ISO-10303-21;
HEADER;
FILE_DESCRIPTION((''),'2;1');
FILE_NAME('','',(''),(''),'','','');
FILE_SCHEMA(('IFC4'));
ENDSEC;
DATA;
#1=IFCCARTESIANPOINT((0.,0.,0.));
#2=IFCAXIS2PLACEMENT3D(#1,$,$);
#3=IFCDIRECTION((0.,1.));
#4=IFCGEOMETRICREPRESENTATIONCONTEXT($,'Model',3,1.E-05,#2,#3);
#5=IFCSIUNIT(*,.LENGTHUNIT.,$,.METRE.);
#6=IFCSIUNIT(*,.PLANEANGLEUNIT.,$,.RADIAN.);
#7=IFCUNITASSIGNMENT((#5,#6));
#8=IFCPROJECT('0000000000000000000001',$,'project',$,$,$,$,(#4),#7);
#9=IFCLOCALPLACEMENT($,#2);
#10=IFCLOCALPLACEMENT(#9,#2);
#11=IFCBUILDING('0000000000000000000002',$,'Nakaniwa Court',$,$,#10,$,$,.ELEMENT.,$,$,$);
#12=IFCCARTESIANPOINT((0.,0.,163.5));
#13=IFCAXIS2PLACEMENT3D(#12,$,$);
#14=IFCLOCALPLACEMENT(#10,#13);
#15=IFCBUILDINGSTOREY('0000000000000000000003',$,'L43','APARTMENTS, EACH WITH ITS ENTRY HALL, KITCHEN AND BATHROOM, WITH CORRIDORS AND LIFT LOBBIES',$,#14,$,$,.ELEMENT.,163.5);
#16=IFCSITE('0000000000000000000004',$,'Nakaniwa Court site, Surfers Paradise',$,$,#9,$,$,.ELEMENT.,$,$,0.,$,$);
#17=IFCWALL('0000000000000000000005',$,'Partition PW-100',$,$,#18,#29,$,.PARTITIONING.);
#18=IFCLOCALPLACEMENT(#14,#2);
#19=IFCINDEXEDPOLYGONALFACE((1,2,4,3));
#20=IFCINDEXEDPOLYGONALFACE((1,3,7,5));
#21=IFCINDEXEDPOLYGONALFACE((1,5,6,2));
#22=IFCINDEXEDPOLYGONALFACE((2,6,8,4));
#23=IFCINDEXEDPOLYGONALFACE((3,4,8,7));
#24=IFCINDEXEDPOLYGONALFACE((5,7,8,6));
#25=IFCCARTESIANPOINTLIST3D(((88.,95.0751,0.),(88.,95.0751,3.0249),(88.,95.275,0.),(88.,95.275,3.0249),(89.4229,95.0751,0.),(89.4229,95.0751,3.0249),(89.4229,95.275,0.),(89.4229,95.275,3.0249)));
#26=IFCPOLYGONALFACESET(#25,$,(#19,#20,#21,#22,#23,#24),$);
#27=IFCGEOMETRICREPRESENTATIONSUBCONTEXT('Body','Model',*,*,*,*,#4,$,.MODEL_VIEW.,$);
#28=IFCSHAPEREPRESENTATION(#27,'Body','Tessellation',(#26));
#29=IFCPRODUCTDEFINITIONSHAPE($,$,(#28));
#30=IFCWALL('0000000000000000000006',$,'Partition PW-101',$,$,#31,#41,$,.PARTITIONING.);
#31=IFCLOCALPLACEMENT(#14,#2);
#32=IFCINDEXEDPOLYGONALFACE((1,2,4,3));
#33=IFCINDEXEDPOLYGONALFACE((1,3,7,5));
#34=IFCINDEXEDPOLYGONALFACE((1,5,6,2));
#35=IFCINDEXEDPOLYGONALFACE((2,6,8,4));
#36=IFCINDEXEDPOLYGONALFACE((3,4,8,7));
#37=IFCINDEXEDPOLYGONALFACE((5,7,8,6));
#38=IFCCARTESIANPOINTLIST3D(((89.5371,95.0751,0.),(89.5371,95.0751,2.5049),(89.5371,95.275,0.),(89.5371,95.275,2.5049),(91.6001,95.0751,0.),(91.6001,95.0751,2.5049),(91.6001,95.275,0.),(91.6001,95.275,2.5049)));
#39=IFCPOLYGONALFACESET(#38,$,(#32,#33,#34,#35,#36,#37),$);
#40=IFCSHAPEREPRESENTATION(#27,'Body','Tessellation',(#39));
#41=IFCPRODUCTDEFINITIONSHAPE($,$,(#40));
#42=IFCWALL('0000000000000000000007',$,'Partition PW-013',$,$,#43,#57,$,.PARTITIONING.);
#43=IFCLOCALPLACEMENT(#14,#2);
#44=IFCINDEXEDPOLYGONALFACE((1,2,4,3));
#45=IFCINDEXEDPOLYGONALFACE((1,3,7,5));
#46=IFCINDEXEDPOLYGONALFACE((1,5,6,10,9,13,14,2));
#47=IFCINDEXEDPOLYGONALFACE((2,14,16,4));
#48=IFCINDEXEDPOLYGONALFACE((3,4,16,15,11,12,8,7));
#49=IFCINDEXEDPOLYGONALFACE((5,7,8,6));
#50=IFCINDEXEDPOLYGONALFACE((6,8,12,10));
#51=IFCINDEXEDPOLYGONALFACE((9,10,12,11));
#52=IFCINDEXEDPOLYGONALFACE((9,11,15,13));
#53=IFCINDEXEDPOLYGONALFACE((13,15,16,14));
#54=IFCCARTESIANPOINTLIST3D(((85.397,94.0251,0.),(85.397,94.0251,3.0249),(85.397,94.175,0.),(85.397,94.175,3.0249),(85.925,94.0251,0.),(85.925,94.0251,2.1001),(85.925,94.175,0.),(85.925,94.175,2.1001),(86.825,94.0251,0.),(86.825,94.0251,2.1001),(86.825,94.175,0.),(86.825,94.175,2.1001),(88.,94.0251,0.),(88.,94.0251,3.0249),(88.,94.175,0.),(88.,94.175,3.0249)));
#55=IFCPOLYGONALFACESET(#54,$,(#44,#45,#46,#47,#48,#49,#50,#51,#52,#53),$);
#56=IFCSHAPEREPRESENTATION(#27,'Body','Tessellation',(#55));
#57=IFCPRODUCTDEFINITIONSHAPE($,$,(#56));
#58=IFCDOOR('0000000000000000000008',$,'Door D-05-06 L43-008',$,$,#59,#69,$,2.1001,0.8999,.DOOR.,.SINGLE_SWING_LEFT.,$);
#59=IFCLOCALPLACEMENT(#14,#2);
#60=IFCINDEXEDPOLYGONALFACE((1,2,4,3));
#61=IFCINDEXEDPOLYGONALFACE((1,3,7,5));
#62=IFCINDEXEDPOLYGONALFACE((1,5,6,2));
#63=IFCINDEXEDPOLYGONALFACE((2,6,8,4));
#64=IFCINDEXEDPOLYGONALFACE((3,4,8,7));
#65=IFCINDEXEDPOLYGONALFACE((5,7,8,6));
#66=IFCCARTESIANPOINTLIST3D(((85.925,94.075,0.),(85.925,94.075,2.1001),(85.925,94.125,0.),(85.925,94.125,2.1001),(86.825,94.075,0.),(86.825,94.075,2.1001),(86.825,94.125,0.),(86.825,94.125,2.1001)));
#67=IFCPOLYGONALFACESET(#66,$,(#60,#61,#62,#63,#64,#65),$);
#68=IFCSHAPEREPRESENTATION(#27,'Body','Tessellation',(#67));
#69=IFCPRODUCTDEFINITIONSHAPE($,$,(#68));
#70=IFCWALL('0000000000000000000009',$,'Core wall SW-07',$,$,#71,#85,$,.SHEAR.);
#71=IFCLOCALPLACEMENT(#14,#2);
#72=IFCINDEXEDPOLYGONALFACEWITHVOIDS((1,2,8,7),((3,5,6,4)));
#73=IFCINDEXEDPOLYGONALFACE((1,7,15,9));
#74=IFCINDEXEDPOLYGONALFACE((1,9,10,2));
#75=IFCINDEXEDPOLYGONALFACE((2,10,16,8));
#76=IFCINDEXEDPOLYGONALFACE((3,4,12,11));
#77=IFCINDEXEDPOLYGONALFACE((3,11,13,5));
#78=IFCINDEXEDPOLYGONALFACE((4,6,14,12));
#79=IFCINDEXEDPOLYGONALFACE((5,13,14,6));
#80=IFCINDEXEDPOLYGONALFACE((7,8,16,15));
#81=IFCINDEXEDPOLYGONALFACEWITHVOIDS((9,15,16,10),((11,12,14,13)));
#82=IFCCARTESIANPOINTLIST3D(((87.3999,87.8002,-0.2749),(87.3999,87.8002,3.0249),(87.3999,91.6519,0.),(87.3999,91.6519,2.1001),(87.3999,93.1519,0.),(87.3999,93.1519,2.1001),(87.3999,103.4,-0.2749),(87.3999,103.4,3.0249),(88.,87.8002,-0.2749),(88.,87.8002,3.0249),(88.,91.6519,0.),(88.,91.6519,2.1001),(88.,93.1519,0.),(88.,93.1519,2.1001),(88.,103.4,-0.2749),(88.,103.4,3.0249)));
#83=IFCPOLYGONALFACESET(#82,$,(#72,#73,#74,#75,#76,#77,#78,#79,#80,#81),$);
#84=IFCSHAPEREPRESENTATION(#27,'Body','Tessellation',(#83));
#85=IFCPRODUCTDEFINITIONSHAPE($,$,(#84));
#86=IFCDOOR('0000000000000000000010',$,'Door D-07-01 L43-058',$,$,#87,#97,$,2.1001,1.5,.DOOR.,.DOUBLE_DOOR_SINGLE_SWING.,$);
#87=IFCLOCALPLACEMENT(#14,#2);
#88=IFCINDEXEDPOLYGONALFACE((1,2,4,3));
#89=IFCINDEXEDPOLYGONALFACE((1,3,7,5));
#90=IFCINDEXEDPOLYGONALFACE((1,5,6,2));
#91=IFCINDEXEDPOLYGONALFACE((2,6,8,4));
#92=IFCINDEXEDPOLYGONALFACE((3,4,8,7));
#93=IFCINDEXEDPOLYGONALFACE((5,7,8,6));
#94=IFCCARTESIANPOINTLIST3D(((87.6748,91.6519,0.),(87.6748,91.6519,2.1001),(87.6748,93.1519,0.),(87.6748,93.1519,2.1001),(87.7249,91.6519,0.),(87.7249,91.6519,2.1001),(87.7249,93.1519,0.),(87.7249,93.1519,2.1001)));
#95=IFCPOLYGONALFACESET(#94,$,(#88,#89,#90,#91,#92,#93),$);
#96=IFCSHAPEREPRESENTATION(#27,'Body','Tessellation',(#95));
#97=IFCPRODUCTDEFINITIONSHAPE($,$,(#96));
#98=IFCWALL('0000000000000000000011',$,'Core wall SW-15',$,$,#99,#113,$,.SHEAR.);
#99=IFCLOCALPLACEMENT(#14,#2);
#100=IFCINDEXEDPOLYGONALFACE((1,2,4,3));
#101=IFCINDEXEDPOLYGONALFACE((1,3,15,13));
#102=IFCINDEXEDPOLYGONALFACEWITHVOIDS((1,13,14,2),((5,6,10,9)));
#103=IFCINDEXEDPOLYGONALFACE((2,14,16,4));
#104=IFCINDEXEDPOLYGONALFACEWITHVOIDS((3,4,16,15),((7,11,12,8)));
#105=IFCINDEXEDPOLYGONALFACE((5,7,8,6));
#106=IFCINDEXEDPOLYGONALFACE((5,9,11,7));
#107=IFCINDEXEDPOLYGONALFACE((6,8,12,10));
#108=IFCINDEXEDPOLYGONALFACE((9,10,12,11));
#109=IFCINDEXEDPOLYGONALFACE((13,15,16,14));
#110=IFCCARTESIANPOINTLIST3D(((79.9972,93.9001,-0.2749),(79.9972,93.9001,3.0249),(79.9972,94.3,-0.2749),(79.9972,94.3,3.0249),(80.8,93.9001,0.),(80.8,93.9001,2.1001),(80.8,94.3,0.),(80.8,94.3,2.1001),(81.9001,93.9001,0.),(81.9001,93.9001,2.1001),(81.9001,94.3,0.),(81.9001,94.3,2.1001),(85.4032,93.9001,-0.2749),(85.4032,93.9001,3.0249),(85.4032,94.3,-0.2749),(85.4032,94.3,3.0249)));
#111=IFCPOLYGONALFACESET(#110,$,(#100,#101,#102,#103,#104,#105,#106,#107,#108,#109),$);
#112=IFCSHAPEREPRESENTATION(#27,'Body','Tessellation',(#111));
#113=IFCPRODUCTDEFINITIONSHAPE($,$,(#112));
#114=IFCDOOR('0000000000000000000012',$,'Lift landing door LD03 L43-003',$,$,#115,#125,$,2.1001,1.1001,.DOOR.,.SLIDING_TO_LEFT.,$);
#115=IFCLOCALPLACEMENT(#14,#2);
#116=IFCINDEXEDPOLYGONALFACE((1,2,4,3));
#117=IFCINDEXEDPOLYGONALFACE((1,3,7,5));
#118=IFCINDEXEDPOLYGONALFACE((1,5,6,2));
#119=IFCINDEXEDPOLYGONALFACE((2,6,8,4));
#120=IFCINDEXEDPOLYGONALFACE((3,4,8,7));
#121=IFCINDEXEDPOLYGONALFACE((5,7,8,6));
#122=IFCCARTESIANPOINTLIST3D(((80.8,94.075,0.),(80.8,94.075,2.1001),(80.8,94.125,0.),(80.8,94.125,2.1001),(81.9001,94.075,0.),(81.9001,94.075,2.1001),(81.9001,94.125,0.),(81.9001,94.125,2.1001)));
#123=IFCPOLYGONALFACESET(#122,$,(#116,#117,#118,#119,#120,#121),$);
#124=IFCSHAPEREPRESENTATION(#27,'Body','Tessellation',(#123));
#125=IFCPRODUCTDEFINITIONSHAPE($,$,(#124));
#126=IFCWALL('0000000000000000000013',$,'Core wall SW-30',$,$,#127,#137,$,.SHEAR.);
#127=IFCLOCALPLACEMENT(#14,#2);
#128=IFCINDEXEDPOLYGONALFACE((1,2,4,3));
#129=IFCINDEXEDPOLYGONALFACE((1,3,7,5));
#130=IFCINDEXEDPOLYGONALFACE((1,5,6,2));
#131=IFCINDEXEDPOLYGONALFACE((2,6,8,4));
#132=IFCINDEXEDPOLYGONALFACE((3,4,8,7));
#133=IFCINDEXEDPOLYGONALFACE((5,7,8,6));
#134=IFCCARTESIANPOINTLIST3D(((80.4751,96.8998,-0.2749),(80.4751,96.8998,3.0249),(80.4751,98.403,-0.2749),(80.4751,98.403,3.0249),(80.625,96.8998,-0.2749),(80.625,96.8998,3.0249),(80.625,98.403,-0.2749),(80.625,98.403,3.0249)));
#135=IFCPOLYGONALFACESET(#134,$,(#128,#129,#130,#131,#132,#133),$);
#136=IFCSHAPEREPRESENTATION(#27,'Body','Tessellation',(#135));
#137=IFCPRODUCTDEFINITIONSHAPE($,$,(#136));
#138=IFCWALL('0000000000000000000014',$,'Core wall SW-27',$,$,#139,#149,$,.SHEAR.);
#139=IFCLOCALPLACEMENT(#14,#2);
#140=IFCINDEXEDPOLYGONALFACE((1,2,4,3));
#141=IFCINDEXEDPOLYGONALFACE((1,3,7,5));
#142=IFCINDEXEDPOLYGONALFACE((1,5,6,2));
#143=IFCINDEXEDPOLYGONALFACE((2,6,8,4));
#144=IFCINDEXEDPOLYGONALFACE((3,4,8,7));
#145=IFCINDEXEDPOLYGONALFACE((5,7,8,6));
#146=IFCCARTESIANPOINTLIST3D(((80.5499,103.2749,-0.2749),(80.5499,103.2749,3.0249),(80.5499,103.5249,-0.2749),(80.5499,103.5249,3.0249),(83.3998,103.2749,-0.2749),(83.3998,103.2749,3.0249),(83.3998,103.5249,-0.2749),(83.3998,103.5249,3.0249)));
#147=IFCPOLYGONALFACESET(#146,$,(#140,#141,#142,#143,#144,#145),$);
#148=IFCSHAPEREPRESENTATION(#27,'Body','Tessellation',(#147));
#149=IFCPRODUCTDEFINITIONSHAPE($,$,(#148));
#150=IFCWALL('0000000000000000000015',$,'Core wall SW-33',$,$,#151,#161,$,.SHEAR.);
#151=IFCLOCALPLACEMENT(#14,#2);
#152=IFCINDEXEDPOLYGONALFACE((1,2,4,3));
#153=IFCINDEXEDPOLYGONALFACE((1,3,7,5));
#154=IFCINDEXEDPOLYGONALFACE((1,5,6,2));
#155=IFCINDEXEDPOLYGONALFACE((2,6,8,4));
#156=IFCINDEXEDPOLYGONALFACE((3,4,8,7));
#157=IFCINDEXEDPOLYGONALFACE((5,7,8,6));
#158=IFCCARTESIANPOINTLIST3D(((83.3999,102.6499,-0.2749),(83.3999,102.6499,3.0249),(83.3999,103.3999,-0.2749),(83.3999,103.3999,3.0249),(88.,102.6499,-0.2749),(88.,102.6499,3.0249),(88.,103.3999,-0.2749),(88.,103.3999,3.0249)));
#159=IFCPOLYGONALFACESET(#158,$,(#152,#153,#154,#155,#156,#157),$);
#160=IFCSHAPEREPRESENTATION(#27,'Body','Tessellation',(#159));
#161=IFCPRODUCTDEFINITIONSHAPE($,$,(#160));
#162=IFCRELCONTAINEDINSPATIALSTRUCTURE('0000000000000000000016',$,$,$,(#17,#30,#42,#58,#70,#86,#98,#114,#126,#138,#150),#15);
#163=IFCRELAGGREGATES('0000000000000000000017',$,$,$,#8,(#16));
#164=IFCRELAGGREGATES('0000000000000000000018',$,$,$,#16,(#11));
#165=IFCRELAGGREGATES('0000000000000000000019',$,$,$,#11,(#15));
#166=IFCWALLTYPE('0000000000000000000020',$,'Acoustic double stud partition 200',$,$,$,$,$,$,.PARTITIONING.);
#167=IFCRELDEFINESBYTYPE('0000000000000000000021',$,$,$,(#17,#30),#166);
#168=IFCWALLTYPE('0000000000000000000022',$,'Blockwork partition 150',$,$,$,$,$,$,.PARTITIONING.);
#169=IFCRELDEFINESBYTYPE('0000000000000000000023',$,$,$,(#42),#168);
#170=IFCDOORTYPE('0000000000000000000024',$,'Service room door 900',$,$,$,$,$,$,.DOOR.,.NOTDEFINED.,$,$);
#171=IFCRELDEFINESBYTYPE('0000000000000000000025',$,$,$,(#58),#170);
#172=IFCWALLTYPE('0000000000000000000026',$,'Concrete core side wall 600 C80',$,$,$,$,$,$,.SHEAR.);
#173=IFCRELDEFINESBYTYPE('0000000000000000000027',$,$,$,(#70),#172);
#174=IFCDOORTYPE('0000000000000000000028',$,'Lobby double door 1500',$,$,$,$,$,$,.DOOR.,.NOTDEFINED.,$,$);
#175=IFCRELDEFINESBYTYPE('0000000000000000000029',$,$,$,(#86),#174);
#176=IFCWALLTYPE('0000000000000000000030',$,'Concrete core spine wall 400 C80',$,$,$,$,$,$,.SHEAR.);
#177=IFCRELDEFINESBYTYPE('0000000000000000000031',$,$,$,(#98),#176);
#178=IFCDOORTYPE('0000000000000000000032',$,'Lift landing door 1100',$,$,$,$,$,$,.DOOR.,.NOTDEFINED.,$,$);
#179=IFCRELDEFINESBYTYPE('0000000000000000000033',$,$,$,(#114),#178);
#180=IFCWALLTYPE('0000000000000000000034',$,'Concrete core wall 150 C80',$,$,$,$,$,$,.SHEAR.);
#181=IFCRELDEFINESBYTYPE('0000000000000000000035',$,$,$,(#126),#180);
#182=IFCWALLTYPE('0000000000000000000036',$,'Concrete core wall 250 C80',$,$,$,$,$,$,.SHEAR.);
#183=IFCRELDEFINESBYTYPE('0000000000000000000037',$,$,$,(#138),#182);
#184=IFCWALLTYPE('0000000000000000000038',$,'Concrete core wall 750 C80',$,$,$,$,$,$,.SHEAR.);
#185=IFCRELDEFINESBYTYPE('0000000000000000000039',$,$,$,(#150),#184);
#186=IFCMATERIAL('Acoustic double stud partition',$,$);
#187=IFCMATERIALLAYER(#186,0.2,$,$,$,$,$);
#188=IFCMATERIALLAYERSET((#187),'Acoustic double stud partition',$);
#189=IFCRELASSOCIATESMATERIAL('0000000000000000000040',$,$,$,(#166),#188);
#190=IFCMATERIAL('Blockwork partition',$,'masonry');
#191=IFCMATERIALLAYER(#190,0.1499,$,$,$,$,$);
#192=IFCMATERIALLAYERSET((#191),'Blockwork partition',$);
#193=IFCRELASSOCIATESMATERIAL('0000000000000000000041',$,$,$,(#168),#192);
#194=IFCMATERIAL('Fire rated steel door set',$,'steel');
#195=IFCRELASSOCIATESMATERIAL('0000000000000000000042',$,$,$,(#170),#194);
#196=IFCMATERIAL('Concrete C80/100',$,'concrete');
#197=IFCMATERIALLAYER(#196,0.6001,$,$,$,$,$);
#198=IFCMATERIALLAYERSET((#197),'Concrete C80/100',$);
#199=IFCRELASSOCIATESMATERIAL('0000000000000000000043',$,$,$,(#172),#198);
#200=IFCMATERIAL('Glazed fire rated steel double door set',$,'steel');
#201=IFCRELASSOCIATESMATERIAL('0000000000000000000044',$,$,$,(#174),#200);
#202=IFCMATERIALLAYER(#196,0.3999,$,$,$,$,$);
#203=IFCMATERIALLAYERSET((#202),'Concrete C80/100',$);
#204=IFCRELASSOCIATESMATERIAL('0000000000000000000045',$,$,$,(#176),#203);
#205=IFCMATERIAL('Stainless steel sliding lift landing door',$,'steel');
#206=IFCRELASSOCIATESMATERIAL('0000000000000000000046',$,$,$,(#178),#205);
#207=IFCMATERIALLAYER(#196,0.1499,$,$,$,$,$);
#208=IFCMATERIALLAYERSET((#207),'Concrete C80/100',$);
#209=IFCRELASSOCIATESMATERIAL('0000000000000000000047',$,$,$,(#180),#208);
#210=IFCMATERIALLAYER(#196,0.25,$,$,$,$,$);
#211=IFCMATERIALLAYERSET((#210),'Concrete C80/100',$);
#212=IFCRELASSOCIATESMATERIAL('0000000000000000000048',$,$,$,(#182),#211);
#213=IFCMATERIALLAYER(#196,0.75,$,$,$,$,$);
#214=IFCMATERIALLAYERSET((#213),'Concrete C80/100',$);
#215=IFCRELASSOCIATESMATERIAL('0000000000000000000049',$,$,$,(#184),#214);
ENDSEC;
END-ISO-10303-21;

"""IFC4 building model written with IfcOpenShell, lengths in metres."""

from ifc_helpers import new_model, si_unit, direction, frame, frame_2d, origin, place, context, subcontext, project, spatial, rectangle, extrude, material, layer, layer_set, type_object, element, fill, save


model = new_model("IFC4")

# Units and contexts
model_context = context("Model", 3, precision=1e-05, world=origin(), true_north=direction((0.0, 1.0)))
body_context = subcontext(model_context, "Body", "Model", "MODEL_VIEW")
ifc_project = project(units=[si_unit("LENGTHUNIT", "METRE"), si_unit("PLANEANGLEUNIT", "RADIAN")], contexts=[model_context])

# Site, building, storey
site_placement = place(None, origin())
site = spatial("IfcSite", under=ifc_project, at=site_placement, Name="Nakaniwa Court site, Surfers Paradise", CompositionType="ELEMENT", RefElevation=0.0)
building_placement = place(site_placement, origin())
building = spatial("IfcBuilding", under=site, at=building_placement, Name="Nakaniwa Court", CompositionType="ELEMENT")
storey_placement = place(building_placement, frame((0.0, 0.0, 163.5)))
storey = spatial("IfcBuildingStorey", under=building, at=storey_placement, Name="L43", Description="APARTMENTS, EACH WITH ITS ENTRY HALL, KITCHEN AND BATHROOM, WITH CORRIDORS AND LIFT LOBBIES", CompositionType="ELEMENT", Elevation=163.5)

# Walls
ifc_material_1 = material(Name="Acoustic double stud partition")
ifc_layer_1 = layer(ifc_material_1, 0.2)
ifc_layer_set_1 = layer_set([ifc_layer_1], Name="Acoustic double stud partition")
wall_type_1 = type_object("IfcWallType", Name="Acoustic double stud partition 200", PredefinedType="PARTITIONING", material=ifc_layer_set_1)
wall_1_placement = place(storey_placement, frame((88.0, 95.175, 0.0), z_axis=(0.0, 0.0, 1.0), x_axis=(1.0, 0.0, 0.0)))
element("IfcWall", 1, at=wall_1_placement, inside=storey, type_object=wall_type_1, Name="Partition PW-100", PredefinedType="PARTITIONING", context=body_context, shape_type="SweptSolid", body=[
    extrude(rectangle(XDim=1.4229, YDim=0.2, at=frame_2d((0.7114, 0.0))), origin(), (0.0, 0.0, 1.0), 3.0249),
])
wall_2_placement = place(storey_placement, frame((89.5371, 95.175, 0.0), z_axis=(0.0, 0.0, 1.0), x_axis=(1.0, 0.0, 0.0)))
element("IfcWall", 2, at=wall_2_placement, inside=storey, type_object=wall_type_1, Name="Partition PW-101", PredefinedType="PARTITIONING", context=body_context, shape_type="SweptSolid", body=[
    extrude(rectangle(XDim=2.063, YDim=0.2, at=frame_2d((1.0315, 0.0))), origin(), (0.0, 0.0, 1.0), 2.5049),
])

# Walls, openings, doors
ifc_material_2 = material(Name="Blockwork partition", Category="masonry")
ifc_layer_2 = layer(ifc_material_2, 0.1499)
ifc_layer_set_2 = layer_set([ifc_layer_2], Name="Blockwork partition")
wall_type_2 = type_object("IfcWallType", Name="Blockwork partition 150", PredefinedType="PARTITIONING", material=ifc_layer_set_2)
wall_3_placement = place(storey_placement, frame((85.397, 94.1001, 0.0), z_axis=(0.0, 0.0, 1.0), x_axis=(1.0, 0.0, 0.0)))
wall_3 = element("IfcWall", 3, at=wall_3_placement, inside=storey, type_object=wall_type_2, Name="Partition PW-013", PredefinedType="PARTITIONING", context=body_context, shape_type="SweptSolid", body=[
    extrude(rectangle(XDim=2.603, YDim=0.1499, at=frame_2d((1.3015, 0.0))), origin(), (0.0, 0.0, 1.0), 3.0249),
])
opening_1_placement = place(wall_3_placement, frame((0.5281, 0.0, 0.0)))
opening_1 = element("IfcOpeningElement", 4, at=opening_1_placement, cuts=wall_3, PredefinedType="OPENING", context=body_context, shape_type="SweptSolid", body=[
    extrude(rectangle(XDim=0.8999, YDim=2.1001, at=frame_2d((0.45, 1.05))), frame((0.0, 0.085, 0.0), z_axis=(0.0, -1.0, 0.0), x_axis=(1.0, 0.0, 0.0)), (0.0, 0.0, 1.0), 0.1699),
])
ifc_material_3 = material(Name="Fire rated steel door set", Category="steel")
door_type_1 = type_object("IfcDoorType", Name="Service room door 900", OperationType="NOTDEFINED", PredefinedType="DOOR", material=ifc_material_3)
door_1_placement = place(opening_1_placement, origin())
door_1 = element("IfcDoor", 5, at=door_1_placement, inside=storey, type_object=door_type_1, Name="Door D-05-06 L43-008", OperationType="SINGLE_SWING_LEFT", OverallHeight=2.1001, OverallWidth=0.8999, PredefinedType="DOOR", context=body_context, shape_type="SweptSolid", body=[
    extrude(rectangle(XDim=0.8999, YDim=2.1001, at=frame_2d((0.45, 1.05))), frame((0.0, 0.0249, 0.0), z_axis=(0.0, -1.0, 0.0), x_axis=(1.0, 0.0, 0.0)), (0.0, 0.0, 1.0), 0.05),
])
fill(opening_1, door_1)
ifc_material_4 = material(Name="Concrete C80/100", Category="concrete")
ifc_layer_3 = layer(ifc_material_4, 0.6001)
ifc_layer_set_3 = layer_set([ifc_layer_3], Name="Concrete C80/100")
wall_type_3 = type_object("IfcWallType", Name="Concrete core side wall 600 C80", PredefinedType="SHEAR", material=ifc_layer_set_3)
wall_4_placement = place(storey_placement, frame((87.7, 103.3999, -0.2749), z_axis=(0.0, 0.0, 1.0), x_axis=(0.0, -1.0, 0.0)))
wall_4 = element("IfcWall", 6, at=wall_4_placement, inside=storey, type_object=wall_type_3, Name="Core wall SW-07", PredefinedType="SHEAR", context=body_context, shape_type="SweptSolid", body=[
    extrude(rectangle(XDim=15.5999, YDim=0.6001, at=frame_2d((7.7998, 0.0))), origin(), (0.0, 0.0, 1.0), 3.2998),
])
opening_2_placement = place(wall_4_placement, frame((10.248, 0.0, 0.2749)))
opening_2 = element("IfcOpeningElement", 7, at=opening_2_placement, cuts=wall_4, PredefinedType="OPENING", context=body_context, shape_type="SweptSolid", body=[
    extrude(rectangle(XDim=1.5, YDim=2.1001, at=frame_2d((0.75, 1.05))), frame((0.0, 0.3101, 0.0), z_axis=(0.0, -1.0, 0.0), x_axis=(1.0, 0.0, 0.0)), (0.0, 0.0, 1.0), 0.6201),
])
ifc_material_5 = material(Name="Glazed fire rated steel double door set", Category="steel")
door_type_2 = type_object("IfcDoorType", Name="Lobby double door 1500", OperationType="NOTDEFINED", PredefinedType="DOOR", material=ifc_material_5)
door_2_placement = place(opening_2_placement, origin())
door_2 = element("IfcDoor", 8, at=door_2_placement, inside=storey, type_object=door_type_2, Name="Door D-07-01 L43-058", OperationType="DOUBLE_DOOR_SINGLE_SWING", OverallHeight=2.1001, OverallWidth=1.5, PredefinedType="DOOR", context=body_context, shape_type="SweptSolid", body=[
    extrude(rectangle(XDim=1.5, YDim=2.1001, at=frame_2d((0.75, 1.05))), frame((0.0, 0.0249, 0.0), z_axis=(0.0, -1.0, 0.0), x_axis=(1.0, 0.0, 0.0)), (0.0, 0.0, 1.0), 0.05),
])
fill(opening_2, door_2)
ifc_layer_4 = layer(ifc_material_4, 0.3999)
ifc_layer_set_4 = layer_set([ifc_layer_4], Name="Concrete C80/100")
wall_type_4 = type_object("IfcWallType", Name="Concrete core spine wall 400 C80", PredefinedType="SHEAR", material=ifc_layer_set_4)
wall_5_placement = place(storey_placement, frame((79.9971, 94.1001, -0.2749), z_axis=(0.0, 0.0, 1.0), x_axis=(1.0, 0.0, 0.0)))
wall_5 = element("IfcWall", 9, at=wall_5_placement, inside=storey, type_object=wall_type_4, Name="Core wall SW-15", PredefinedType="SHEAR", context=body_context, shape_type="SweptSolid", body=[
    extrude(rectangle(XDim=5.406, YDim=0.3999, at=frame_2d((2.7031, 0.0))), origin(), (0.0, 0.0, 1.0), 3.2998),
])
opening_3_placement = place(wall_5_placement, frame((0.803, 0.0, 0.2749)))
opening_3 = element("IfcOpeningElement", 10, at=opening_3_placement, cuts=wall_5, PredefinedType="OPENING", context=body_context, shape_type="SweptSolid", body=[
    extrude(rectangle(XDim=1.1001, YDim=2.1001, at=frame_2d((0.55, 1.05))), frame((0.0, 0.21, 0.0), z_axis=(0.0, -1.0, 0.0), x_axis=(1.0, 0.0, 0.0)), (0.0, 0.0, 1.0), 0.4199),
])
ifc_material_6 = material(Name="Stainless steel sliding lift landing door", Category="steel")
door_type_3 = type_object("IfcDoorType", Name="Lift landing door 1100", OperationType="NOTDEFINED", PredefinedType="DOOR", material=ifc_material_6)
door_3_placement = place(opening_3_placement, origin())
door_3 = element("IfcDoor", 11, at=door_3_placement, inside=storey, type_object=door_type_3, Name="Lift landing door LD03 L43-003", OperationType="SLIDING_TO_LEFT", OverallHeight=2.1001, OverallWidth=1.1001, PredefinedType="DOOR", context=body_context, shape_type="SweptSolid", body=[
    extrude(rectangle(XDim=1.1001, YDim=2.1001, at=frame_2d((0.55, 1.05))), frame((0.0, 0.0249, 0.0), z_axis=(0.0, -1.0, 0.0), x_axis=(1.0, 0.0, 0.0)), (0.0, 0.0, 1.0), 0.05),
])
fill(opening_3, door_3)

# Walls
ifc_layer_5 = layer(ifc_material_4, 0.1499)
ifc_layer_set_5 = layer_set([ifc_layer_5], Name="Concrete C80/100")
wall_type_5 = type_object("IfcWallType", Name="Concrete core wall 150 C80", PredefinedType="SHEAR", material=ifc_layer_set_5)
wall_6_placement = place(storey_placement, frame((80.55, 96.8999, -0.2749), z_axis=(0.0, 0.0, 1.0), x_axis=(0.0, 1.0, 0.0)))
element("IfcWall", 12, at=wall_6_placement, inside=storey, type_object=wall_type_5, Name="Core wall SW-30", PredefinedType="SHEAR", context=body_context, shape_type="SweptSolid", body=[
    extrude(rectangle(XDim=1.5032, YDim=0.1499, at=frame_2d((0.7515, 0.0))), origin(), (0.0, 0.0, 1.0), 3.2998),
])
ifc_layer_6 = layer(ifc_material_4, 0.25)
ifc_layer_set_6 = layer_set([ifc_layer_6], Name="Concrete C80/100")
wall_type_6 = type_object("IfcWallType", Name="Concrete core wall 250 C80", PredefinedType="SHEAR", material=ifc_layer_set_6)
wall_7_placement = place(storey_placement, frame((80.55, 103.3999, -0.2749), z_axis=(0.0, 0.0, 1.0), x_axis=(1.0, 0.0, 0.0)))
element("IfcWall", 13, at=wall_7_placement, inside=storey, type_object=wall_type_6, Name="Core wall SW-27", PredefinedType="SHEAR", context=body_context, shape_type="SweptSolid", body=[
    extrude(rectangle(XDim=2.8499, YDim=0.25, at=frame_2d((1.4248, 0.0))), origin(), (0.0, 0.0, 1.0), 3.2998),
])
ifc_layer_7 = layer(ifc_material_4, 0.75)
ifc_layer_set_7 = layer_set([ifc_layer_7], Name="Concrete C80/100")
wall_type_7 = type_object("IfcWallType", Name="Concrete core wall 750 C80", PredefinedType="SHEAR", material=ifc_layer_set_7)
wall_8_placement = place(storey_placement, frame((83.3999, 103.0249, -0.2749), z_axis=(0.0, 0.0, 1.0), x_axis=(1.0, 0.0, 0.0)))
element("IfcWall", 14, at=wall_8_placement, inside=storey, type_object=wall_type_7, Name="Core wall SW-33", PredefinedType="SHEAR", context=body_context, shape_type="SweptSolid", body=[
    extrude(rectangle(XDim=4.6001, YDim=0.75, at=frame_2d((2.3, 0.0))), origin(), (0.0, 0.0, 1.0), 3.2998),
])

save(model, "model.ifc")
